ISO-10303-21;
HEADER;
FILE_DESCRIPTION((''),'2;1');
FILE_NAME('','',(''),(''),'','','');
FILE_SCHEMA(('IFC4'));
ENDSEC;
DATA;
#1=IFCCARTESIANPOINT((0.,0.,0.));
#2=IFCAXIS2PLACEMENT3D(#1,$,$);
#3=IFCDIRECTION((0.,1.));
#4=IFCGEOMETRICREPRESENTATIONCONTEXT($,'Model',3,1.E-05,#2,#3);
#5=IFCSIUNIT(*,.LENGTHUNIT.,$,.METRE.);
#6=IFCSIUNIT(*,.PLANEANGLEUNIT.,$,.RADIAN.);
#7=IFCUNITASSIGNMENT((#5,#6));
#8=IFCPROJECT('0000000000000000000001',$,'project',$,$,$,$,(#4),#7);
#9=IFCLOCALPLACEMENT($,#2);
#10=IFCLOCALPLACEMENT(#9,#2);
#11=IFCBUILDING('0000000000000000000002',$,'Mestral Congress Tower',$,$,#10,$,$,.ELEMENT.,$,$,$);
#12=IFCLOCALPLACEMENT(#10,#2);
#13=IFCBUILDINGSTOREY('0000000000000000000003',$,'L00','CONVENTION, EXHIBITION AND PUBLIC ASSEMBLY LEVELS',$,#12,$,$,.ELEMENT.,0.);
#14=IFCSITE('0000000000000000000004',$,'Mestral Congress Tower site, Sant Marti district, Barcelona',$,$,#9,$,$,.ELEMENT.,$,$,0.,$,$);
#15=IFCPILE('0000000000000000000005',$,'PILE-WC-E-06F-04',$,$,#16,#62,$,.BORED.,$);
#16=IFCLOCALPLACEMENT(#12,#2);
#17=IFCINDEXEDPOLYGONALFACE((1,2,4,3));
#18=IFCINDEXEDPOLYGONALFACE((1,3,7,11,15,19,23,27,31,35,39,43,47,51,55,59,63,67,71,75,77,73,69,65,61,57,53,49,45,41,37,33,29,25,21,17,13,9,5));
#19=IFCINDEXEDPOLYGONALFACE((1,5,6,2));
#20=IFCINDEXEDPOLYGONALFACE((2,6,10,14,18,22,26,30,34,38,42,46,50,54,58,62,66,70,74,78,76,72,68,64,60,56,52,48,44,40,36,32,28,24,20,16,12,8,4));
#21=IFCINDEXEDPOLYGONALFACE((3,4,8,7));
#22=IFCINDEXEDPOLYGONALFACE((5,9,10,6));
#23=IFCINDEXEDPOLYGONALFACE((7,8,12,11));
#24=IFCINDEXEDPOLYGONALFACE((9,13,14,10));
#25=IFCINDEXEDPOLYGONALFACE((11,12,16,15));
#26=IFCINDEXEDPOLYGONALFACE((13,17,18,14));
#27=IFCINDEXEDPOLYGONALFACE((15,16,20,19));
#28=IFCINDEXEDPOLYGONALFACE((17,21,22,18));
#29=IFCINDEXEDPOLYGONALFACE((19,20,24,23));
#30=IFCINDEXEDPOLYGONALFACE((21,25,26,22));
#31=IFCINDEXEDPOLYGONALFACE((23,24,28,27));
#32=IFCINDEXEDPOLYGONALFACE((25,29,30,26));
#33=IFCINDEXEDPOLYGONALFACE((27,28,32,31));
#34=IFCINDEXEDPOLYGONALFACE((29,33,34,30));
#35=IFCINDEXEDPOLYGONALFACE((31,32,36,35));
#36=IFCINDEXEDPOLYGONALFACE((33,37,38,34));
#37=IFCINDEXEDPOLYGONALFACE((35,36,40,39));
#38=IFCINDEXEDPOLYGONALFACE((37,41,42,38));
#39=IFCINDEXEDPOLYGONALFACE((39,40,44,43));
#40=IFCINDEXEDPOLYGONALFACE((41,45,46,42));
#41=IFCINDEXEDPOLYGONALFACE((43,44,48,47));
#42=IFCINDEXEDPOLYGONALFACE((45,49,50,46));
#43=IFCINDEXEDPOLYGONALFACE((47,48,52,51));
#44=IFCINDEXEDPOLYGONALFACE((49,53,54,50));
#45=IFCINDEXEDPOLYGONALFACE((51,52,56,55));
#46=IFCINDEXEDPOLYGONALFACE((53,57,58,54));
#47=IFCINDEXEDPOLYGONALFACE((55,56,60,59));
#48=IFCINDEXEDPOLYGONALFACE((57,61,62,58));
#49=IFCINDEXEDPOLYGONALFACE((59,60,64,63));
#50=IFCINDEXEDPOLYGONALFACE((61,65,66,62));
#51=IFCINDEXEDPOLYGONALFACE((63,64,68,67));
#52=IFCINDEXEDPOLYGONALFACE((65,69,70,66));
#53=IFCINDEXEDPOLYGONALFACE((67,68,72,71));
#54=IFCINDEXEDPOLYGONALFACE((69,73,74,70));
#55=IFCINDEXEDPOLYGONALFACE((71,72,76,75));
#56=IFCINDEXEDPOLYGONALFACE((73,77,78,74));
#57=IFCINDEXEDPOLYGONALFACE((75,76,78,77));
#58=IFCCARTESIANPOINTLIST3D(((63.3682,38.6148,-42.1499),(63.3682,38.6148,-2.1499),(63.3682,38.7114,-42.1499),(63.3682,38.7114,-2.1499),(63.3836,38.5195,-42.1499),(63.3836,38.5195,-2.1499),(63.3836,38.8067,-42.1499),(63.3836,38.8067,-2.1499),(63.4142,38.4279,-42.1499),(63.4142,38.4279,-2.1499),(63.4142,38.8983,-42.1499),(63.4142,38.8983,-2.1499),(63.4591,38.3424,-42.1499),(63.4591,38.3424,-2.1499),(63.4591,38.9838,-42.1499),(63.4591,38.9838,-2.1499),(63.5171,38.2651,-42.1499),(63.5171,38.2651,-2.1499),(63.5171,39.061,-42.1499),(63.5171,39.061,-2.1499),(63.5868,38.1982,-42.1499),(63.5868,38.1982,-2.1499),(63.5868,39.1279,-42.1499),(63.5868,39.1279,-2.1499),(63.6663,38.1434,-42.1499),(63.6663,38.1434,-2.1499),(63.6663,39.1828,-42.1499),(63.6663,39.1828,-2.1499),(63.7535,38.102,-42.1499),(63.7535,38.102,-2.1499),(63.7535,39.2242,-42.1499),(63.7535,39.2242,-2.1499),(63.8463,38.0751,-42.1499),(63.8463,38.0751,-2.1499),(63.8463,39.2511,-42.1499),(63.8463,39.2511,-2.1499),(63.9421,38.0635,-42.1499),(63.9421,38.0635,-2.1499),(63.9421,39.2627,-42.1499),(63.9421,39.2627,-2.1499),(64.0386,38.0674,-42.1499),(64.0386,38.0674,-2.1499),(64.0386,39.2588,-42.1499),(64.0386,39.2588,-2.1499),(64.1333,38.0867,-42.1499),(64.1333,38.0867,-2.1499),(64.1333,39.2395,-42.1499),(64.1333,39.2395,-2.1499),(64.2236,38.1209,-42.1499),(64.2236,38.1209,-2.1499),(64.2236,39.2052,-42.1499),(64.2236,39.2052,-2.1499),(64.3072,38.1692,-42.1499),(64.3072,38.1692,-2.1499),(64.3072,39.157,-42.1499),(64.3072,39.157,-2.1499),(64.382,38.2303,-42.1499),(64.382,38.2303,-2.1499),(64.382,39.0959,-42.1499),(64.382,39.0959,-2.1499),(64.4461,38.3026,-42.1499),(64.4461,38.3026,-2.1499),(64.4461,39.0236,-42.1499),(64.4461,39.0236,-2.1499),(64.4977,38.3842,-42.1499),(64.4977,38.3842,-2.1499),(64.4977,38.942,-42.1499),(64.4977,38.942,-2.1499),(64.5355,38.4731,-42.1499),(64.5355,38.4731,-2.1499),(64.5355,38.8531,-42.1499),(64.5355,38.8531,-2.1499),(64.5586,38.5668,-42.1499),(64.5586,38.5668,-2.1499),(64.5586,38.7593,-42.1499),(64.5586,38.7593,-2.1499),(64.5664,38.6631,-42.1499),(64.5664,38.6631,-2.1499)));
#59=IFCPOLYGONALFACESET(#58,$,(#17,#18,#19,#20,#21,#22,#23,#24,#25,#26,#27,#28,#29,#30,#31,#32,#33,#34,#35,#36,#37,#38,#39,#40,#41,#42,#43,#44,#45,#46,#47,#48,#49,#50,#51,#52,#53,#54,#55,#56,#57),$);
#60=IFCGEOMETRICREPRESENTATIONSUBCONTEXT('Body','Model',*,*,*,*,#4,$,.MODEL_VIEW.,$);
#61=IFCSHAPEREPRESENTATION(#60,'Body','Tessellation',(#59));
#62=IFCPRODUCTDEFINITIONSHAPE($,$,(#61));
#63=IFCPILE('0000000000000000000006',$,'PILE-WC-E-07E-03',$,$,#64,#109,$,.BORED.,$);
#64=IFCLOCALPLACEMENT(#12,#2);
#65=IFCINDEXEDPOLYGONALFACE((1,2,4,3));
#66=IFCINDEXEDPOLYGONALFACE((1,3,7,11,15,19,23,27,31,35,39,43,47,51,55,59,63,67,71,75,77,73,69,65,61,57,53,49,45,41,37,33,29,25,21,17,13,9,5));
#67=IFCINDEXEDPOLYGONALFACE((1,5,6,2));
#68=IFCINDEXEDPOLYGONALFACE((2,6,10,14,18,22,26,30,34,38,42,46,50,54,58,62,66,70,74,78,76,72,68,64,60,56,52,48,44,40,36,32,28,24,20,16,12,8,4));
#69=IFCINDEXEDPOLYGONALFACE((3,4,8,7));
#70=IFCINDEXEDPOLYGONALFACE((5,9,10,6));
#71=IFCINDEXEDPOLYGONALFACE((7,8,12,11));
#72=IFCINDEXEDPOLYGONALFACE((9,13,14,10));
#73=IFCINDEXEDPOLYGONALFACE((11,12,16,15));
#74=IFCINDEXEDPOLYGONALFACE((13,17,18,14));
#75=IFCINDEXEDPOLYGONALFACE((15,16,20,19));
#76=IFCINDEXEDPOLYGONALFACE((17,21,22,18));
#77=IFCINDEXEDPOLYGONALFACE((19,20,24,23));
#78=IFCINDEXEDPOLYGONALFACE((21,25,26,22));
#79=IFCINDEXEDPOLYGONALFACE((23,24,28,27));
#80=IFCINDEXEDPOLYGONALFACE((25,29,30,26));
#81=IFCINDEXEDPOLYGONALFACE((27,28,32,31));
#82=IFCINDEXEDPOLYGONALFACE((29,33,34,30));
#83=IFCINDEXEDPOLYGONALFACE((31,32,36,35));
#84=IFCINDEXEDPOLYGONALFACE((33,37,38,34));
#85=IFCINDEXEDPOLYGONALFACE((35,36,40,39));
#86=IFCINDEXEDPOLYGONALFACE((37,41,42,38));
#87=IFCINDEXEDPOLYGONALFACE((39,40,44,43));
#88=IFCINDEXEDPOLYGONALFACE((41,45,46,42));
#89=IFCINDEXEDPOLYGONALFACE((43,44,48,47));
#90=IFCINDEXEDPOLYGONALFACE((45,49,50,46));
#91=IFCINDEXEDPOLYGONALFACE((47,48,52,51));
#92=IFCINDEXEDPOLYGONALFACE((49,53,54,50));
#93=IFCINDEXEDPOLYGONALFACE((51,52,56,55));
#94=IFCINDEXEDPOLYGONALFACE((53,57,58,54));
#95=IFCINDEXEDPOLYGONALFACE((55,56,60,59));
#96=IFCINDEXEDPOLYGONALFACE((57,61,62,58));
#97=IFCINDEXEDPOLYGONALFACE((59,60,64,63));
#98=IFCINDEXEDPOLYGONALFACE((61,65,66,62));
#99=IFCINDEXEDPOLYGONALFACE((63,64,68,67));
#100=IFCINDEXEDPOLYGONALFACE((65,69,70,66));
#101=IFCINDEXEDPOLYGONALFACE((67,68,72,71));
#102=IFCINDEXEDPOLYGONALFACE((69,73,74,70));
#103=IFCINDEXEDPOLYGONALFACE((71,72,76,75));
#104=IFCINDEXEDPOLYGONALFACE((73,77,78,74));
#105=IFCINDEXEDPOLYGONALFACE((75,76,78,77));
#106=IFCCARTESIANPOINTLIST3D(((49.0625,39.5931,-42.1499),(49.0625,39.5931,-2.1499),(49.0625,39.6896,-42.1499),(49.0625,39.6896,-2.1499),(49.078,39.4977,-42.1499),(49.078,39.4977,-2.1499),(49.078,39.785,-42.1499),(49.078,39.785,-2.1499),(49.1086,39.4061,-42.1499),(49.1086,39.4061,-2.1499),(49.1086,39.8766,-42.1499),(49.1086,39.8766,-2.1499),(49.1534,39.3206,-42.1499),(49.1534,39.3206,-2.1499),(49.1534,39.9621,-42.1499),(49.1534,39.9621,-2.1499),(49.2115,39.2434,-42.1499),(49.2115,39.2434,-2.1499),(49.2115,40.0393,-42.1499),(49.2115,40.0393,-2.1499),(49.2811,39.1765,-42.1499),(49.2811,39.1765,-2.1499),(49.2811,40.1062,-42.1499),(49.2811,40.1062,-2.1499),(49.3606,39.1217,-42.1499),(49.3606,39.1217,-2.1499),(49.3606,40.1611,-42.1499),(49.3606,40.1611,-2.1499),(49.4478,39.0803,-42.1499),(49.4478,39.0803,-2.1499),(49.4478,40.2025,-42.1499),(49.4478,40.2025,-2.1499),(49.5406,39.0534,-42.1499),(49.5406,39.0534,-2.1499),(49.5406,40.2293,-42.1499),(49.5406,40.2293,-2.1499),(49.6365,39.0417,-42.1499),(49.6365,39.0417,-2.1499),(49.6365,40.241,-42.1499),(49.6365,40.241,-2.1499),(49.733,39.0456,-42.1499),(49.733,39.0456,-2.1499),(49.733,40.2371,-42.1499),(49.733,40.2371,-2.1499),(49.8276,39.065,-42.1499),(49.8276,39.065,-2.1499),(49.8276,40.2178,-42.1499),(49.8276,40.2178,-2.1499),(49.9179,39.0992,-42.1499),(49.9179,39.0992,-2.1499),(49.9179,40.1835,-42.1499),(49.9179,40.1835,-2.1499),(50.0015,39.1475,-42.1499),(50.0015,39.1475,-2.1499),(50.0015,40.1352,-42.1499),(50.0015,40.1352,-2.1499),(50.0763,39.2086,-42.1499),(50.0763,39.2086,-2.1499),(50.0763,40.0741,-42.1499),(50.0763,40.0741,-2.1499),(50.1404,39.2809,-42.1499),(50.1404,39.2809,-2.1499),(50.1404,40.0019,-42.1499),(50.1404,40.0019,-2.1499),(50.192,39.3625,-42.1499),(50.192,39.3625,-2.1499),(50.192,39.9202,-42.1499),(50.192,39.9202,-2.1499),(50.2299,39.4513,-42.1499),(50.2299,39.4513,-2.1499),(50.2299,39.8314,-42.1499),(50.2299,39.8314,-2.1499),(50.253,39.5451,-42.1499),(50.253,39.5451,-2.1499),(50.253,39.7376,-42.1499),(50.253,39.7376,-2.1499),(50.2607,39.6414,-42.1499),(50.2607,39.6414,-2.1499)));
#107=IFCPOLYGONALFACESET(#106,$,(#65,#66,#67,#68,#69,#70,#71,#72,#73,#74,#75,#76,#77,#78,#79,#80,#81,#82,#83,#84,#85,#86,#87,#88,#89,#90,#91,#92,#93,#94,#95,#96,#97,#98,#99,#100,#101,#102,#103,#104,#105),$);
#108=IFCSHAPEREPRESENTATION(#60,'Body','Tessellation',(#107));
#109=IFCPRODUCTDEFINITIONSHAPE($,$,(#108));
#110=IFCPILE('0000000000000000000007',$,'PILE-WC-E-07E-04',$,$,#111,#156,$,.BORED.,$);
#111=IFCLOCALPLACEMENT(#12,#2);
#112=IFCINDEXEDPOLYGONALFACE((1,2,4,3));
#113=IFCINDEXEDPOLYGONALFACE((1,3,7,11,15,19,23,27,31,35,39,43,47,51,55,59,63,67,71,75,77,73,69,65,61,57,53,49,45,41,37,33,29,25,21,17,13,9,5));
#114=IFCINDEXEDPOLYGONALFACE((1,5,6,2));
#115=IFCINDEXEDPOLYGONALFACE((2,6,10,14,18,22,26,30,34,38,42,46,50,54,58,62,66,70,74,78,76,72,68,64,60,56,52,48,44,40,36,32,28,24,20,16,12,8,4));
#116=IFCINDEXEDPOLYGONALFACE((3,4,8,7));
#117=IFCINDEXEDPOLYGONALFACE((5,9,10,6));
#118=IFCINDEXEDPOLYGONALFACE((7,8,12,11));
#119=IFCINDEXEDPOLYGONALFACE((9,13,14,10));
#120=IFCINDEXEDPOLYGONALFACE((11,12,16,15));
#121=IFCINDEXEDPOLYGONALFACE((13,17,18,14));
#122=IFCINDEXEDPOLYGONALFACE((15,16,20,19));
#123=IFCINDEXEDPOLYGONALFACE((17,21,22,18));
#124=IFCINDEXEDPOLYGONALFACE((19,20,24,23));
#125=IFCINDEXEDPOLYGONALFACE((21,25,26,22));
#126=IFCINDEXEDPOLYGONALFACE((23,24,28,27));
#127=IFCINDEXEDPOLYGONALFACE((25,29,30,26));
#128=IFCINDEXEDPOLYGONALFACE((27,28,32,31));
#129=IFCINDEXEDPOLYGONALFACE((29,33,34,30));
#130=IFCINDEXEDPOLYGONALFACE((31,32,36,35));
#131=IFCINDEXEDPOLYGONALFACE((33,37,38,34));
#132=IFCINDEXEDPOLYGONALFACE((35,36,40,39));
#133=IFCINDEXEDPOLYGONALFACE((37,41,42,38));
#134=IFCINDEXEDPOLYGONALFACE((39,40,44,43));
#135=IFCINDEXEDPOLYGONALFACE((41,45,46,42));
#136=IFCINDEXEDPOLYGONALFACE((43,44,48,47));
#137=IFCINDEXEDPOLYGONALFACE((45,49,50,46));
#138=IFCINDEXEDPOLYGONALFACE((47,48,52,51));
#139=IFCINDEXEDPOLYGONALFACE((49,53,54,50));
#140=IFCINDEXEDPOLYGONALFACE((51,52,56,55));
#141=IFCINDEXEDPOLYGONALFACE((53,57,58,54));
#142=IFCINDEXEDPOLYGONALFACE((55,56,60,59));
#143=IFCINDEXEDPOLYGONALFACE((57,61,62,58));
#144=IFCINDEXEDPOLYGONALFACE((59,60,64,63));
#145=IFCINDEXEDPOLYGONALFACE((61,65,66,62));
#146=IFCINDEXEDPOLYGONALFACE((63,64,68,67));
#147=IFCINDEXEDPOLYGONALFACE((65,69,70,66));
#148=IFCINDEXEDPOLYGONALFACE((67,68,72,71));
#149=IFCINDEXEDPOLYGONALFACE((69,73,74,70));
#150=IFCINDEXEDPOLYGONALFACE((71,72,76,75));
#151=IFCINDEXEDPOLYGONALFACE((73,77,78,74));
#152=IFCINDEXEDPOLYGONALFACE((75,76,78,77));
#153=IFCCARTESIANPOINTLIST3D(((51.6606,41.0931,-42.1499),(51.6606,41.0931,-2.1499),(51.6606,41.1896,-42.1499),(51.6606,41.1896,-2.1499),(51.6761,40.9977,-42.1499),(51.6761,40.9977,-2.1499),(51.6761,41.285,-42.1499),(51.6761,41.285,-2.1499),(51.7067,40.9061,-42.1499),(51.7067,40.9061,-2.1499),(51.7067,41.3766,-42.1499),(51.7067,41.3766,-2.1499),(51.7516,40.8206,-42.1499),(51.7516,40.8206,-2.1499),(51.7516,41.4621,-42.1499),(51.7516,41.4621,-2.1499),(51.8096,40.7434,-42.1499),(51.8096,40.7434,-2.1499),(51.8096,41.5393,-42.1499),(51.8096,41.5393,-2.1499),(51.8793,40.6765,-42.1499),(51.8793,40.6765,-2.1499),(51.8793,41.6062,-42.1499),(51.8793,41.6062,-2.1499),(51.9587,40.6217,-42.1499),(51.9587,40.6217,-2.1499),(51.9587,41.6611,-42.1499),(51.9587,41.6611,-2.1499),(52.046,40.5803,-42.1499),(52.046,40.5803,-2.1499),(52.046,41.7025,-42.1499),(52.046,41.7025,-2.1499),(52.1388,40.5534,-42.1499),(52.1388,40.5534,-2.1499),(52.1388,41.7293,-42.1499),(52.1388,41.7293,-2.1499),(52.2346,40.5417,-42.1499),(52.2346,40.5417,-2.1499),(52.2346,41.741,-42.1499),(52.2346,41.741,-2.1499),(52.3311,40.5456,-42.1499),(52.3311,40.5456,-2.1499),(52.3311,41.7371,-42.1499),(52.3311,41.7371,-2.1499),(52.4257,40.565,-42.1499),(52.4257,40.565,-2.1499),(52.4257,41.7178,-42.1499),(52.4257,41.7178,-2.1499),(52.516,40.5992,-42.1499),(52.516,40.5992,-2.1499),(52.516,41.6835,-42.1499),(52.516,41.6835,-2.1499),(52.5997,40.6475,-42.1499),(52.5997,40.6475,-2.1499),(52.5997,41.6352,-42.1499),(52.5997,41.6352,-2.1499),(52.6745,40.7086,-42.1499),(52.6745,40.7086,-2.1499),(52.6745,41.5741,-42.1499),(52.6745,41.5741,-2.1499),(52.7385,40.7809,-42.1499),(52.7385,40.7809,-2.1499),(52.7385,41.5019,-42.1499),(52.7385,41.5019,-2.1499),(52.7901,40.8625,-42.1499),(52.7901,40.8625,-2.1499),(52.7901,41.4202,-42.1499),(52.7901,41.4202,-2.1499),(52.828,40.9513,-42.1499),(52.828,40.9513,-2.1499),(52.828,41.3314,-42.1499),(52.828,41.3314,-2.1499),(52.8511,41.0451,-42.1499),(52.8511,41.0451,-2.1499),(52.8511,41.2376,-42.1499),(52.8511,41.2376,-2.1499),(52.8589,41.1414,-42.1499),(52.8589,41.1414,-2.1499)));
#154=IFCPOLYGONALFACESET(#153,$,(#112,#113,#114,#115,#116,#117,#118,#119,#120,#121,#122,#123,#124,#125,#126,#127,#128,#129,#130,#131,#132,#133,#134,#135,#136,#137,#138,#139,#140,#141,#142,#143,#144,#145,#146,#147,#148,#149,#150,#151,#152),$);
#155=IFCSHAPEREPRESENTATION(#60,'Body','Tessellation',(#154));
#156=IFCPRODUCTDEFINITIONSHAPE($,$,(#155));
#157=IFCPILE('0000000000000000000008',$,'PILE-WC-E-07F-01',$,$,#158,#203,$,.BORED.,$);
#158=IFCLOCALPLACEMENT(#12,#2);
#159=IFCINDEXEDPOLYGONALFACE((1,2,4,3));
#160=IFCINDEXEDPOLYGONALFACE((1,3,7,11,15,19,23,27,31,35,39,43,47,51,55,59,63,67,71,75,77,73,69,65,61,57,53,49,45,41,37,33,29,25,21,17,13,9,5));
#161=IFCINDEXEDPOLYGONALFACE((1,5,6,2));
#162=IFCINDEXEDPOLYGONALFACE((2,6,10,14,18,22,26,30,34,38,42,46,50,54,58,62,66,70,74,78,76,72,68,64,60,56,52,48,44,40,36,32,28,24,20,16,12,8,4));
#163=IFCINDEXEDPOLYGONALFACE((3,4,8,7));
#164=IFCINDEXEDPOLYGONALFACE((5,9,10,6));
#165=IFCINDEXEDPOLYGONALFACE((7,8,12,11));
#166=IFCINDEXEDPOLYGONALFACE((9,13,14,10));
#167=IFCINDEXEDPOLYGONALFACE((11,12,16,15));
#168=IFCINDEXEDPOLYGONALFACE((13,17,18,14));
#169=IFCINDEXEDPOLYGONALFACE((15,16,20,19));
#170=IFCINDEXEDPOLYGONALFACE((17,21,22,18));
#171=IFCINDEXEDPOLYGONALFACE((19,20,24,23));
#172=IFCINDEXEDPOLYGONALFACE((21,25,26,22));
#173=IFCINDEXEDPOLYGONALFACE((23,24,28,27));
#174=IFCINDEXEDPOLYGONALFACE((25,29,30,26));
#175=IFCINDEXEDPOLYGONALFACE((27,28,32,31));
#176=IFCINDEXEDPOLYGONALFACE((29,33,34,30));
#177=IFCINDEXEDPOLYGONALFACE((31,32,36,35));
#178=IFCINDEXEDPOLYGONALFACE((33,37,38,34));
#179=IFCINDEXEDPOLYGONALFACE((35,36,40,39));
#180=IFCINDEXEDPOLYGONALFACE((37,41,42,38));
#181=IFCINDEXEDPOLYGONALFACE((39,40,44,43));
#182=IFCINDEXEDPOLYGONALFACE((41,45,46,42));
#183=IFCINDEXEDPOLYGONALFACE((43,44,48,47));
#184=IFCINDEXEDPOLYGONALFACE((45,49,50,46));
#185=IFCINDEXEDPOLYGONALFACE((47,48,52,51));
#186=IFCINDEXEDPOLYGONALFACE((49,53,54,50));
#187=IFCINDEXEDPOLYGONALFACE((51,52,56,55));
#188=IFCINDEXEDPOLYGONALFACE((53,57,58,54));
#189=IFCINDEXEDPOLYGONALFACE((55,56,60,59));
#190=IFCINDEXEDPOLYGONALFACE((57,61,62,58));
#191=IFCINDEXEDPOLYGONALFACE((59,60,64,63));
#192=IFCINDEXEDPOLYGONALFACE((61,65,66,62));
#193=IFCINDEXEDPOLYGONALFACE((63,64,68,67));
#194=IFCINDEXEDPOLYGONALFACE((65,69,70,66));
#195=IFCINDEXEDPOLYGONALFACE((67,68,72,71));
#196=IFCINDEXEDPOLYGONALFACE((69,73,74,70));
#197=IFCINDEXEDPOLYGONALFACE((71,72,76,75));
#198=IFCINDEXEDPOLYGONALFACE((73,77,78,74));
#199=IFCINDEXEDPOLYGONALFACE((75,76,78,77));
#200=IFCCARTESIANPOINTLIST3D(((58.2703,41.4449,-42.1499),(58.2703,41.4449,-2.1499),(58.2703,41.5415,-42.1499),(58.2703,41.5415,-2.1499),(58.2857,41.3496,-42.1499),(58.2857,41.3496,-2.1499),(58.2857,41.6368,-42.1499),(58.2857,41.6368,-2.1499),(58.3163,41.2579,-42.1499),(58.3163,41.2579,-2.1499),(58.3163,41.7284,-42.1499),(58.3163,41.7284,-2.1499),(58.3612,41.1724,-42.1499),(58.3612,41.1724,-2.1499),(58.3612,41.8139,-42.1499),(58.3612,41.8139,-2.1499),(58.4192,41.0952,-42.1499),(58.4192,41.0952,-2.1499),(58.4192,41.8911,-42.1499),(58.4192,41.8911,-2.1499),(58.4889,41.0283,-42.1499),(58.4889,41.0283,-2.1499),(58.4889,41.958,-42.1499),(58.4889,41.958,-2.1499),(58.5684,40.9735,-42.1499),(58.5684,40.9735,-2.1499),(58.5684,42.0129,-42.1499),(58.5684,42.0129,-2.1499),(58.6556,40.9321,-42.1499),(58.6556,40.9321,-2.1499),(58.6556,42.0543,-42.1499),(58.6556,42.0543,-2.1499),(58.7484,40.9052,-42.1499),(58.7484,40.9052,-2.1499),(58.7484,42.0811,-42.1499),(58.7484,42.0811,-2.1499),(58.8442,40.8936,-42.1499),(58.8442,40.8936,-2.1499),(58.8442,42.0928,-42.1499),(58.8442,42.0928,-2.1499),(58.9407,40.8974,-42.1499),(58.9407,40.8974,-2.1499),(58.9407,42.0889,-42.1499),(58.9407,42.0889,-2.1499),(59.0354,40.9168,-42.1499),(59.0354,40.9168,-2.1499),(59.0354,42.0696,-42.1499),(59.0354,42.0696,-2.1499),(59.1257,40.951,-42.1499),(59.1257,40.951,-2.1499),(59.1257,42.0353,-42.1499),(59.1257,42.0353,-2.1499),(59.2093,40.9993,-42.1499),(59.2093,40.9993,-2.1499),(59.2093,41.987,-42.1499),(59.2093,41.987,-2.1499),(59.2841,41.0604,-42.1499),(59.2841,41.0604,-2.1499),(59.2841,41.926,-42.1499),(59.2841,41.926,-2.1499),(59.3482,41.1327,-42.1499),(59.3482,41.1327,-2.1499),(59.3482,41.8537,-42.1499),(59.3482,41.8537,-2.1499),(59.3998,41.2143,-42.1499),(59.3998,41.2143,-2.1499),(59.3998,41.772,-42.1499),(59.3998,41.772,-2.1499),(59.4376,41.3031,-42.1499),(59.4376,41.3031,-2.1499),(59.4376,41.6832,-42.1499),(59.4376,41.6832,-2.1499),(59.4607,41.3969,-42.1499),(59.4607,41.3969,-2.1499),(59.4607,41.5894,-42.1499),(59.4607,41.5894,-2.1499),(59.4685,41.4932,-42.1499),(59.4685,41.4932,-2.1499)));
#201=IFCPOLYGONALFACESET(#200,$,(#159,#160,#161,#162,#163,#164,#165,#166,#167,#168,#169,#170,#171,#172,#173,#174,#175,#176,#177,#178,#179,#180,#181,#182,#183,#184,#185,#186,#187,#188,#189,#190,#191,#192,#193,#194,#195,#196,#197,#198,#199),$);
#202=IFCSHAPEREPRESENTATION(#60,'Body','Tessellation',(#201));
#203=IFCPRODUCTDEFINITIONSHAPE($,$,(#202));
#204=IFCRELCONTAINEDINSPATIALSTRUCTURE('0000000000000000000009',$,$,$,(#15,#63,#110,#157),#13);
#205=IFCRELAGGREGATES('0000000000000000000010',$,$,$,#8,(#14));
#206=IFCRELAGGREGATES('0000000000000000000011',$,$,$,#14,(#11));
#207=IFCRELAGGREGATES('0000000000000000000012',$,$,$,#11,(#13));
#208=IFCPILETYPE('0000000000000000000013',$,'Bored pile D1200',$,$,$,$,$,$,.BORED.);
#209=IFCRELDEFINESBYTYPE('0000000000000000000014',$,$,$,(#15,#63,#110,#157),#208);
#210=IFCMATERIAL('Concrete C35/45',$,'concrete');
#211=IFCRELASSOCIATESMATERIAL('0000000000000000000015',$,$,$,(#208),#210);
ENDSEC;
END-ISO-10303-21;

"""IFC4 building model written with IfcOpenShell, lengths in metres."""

from ifc_helpers import new_model, si_unit, direction, frame, origin, origin_2d, place, context, subcontext, project, spatial, circle, extrude, material, material_profile, profile_set, type_object, element, save


model = new_model("IFC4")

# Units and contexts
model_context = context("Model", 3, precision=1e-05, world=origin(), true_north=direction((0.0, 1.0)))
body_context = subcontext(model_context, "Body", "Model", "MODEL_VIEW")
ifc_project = project(units=[si_unit("LENGTHUNIT", "METRE"), si_unit("PLANEANGLEUNIT", "RADIAN")], contexts=[model_context])

# Site, building, storey
site_placement = place(None, origin())
site = spatial("IfcSite", under=ifc_project, at=site_placement, Name="Mestral Congress Tower site, Sant Marti district, Barcelona", CompositionType="ELEMENT", RefElevation=0.0)
building_placement = place(site_placement, origin())
building = spatial("IfcBuilding", under=site, at=building_placement, Name="Mestral Congress Tower", CompositionType="ELEMENT")
storey_placement = place(building_placement, origin())
storey = spatial("IfcBuildingStorey", under=building, at=storey_placement, Name="L00", Description="CONVENTION, EXHIBITION AND PUBLIC ASSEMBLY LEVELS", CompositionType="ELEMENT", Elevation=0.0)

# Piles
ifc_material_1 = material(Name="Concrete C35/45", Category="concrete")
ifc_material_profile_1 = material_profile(ifc_material_1, circle(Radius=0.6001, at=origin_2d()), Name="D1200")
ifc_profile_set_1 = profile_set([ifc_material_profile_1], Name="Concrete C35/45")
pile_type = type_object("IfcPileType", Name="Bored pile D1200", PredefinedType="BORED", material=ifc_profile_set_1)
for number, where, z_axis, x_axis, name in (
    (1, (63.9663, 38.6631, -2.1499), (0.0, 0.0, -1.0), (1.0, 0.0, 0.0), "PILE-WC-E-06F-04"),
    (2, (49.6606, 39.6414, -2.1499), (0.0, 0.0, -1.0), (1.0, 0.0, 0.0), "PILE-WC-E-07E-03"),
    (3, (52.2588, 41.1414, -2.1499), (0.0, 0.0, -1.0), (1.0, 0.0, 0.0), "PILE-WC-E-07E-04"),
    (4, (58.8684, 41.4932, -2.1499), (0.0, 0.0, -1.0), (1.0, 0.0, 0.0), "PILE-WC-E-07F-01"),
):
    element("IfcPile", number, at=place(storey_placement, frame(where, z_axis=z_axis, x_axis=x_axis)), inside=storey, type_object=pile_type, Name=name, PredefinedType="BORED", context=body_context, shape_type="SweptSolid", body=[
        extrude(circle(Radius=0.6001, at=origin_2d()), origin(), (0.0, 0.0, 1.0), 40.0),
    ])

save(model, "model.ifc")
